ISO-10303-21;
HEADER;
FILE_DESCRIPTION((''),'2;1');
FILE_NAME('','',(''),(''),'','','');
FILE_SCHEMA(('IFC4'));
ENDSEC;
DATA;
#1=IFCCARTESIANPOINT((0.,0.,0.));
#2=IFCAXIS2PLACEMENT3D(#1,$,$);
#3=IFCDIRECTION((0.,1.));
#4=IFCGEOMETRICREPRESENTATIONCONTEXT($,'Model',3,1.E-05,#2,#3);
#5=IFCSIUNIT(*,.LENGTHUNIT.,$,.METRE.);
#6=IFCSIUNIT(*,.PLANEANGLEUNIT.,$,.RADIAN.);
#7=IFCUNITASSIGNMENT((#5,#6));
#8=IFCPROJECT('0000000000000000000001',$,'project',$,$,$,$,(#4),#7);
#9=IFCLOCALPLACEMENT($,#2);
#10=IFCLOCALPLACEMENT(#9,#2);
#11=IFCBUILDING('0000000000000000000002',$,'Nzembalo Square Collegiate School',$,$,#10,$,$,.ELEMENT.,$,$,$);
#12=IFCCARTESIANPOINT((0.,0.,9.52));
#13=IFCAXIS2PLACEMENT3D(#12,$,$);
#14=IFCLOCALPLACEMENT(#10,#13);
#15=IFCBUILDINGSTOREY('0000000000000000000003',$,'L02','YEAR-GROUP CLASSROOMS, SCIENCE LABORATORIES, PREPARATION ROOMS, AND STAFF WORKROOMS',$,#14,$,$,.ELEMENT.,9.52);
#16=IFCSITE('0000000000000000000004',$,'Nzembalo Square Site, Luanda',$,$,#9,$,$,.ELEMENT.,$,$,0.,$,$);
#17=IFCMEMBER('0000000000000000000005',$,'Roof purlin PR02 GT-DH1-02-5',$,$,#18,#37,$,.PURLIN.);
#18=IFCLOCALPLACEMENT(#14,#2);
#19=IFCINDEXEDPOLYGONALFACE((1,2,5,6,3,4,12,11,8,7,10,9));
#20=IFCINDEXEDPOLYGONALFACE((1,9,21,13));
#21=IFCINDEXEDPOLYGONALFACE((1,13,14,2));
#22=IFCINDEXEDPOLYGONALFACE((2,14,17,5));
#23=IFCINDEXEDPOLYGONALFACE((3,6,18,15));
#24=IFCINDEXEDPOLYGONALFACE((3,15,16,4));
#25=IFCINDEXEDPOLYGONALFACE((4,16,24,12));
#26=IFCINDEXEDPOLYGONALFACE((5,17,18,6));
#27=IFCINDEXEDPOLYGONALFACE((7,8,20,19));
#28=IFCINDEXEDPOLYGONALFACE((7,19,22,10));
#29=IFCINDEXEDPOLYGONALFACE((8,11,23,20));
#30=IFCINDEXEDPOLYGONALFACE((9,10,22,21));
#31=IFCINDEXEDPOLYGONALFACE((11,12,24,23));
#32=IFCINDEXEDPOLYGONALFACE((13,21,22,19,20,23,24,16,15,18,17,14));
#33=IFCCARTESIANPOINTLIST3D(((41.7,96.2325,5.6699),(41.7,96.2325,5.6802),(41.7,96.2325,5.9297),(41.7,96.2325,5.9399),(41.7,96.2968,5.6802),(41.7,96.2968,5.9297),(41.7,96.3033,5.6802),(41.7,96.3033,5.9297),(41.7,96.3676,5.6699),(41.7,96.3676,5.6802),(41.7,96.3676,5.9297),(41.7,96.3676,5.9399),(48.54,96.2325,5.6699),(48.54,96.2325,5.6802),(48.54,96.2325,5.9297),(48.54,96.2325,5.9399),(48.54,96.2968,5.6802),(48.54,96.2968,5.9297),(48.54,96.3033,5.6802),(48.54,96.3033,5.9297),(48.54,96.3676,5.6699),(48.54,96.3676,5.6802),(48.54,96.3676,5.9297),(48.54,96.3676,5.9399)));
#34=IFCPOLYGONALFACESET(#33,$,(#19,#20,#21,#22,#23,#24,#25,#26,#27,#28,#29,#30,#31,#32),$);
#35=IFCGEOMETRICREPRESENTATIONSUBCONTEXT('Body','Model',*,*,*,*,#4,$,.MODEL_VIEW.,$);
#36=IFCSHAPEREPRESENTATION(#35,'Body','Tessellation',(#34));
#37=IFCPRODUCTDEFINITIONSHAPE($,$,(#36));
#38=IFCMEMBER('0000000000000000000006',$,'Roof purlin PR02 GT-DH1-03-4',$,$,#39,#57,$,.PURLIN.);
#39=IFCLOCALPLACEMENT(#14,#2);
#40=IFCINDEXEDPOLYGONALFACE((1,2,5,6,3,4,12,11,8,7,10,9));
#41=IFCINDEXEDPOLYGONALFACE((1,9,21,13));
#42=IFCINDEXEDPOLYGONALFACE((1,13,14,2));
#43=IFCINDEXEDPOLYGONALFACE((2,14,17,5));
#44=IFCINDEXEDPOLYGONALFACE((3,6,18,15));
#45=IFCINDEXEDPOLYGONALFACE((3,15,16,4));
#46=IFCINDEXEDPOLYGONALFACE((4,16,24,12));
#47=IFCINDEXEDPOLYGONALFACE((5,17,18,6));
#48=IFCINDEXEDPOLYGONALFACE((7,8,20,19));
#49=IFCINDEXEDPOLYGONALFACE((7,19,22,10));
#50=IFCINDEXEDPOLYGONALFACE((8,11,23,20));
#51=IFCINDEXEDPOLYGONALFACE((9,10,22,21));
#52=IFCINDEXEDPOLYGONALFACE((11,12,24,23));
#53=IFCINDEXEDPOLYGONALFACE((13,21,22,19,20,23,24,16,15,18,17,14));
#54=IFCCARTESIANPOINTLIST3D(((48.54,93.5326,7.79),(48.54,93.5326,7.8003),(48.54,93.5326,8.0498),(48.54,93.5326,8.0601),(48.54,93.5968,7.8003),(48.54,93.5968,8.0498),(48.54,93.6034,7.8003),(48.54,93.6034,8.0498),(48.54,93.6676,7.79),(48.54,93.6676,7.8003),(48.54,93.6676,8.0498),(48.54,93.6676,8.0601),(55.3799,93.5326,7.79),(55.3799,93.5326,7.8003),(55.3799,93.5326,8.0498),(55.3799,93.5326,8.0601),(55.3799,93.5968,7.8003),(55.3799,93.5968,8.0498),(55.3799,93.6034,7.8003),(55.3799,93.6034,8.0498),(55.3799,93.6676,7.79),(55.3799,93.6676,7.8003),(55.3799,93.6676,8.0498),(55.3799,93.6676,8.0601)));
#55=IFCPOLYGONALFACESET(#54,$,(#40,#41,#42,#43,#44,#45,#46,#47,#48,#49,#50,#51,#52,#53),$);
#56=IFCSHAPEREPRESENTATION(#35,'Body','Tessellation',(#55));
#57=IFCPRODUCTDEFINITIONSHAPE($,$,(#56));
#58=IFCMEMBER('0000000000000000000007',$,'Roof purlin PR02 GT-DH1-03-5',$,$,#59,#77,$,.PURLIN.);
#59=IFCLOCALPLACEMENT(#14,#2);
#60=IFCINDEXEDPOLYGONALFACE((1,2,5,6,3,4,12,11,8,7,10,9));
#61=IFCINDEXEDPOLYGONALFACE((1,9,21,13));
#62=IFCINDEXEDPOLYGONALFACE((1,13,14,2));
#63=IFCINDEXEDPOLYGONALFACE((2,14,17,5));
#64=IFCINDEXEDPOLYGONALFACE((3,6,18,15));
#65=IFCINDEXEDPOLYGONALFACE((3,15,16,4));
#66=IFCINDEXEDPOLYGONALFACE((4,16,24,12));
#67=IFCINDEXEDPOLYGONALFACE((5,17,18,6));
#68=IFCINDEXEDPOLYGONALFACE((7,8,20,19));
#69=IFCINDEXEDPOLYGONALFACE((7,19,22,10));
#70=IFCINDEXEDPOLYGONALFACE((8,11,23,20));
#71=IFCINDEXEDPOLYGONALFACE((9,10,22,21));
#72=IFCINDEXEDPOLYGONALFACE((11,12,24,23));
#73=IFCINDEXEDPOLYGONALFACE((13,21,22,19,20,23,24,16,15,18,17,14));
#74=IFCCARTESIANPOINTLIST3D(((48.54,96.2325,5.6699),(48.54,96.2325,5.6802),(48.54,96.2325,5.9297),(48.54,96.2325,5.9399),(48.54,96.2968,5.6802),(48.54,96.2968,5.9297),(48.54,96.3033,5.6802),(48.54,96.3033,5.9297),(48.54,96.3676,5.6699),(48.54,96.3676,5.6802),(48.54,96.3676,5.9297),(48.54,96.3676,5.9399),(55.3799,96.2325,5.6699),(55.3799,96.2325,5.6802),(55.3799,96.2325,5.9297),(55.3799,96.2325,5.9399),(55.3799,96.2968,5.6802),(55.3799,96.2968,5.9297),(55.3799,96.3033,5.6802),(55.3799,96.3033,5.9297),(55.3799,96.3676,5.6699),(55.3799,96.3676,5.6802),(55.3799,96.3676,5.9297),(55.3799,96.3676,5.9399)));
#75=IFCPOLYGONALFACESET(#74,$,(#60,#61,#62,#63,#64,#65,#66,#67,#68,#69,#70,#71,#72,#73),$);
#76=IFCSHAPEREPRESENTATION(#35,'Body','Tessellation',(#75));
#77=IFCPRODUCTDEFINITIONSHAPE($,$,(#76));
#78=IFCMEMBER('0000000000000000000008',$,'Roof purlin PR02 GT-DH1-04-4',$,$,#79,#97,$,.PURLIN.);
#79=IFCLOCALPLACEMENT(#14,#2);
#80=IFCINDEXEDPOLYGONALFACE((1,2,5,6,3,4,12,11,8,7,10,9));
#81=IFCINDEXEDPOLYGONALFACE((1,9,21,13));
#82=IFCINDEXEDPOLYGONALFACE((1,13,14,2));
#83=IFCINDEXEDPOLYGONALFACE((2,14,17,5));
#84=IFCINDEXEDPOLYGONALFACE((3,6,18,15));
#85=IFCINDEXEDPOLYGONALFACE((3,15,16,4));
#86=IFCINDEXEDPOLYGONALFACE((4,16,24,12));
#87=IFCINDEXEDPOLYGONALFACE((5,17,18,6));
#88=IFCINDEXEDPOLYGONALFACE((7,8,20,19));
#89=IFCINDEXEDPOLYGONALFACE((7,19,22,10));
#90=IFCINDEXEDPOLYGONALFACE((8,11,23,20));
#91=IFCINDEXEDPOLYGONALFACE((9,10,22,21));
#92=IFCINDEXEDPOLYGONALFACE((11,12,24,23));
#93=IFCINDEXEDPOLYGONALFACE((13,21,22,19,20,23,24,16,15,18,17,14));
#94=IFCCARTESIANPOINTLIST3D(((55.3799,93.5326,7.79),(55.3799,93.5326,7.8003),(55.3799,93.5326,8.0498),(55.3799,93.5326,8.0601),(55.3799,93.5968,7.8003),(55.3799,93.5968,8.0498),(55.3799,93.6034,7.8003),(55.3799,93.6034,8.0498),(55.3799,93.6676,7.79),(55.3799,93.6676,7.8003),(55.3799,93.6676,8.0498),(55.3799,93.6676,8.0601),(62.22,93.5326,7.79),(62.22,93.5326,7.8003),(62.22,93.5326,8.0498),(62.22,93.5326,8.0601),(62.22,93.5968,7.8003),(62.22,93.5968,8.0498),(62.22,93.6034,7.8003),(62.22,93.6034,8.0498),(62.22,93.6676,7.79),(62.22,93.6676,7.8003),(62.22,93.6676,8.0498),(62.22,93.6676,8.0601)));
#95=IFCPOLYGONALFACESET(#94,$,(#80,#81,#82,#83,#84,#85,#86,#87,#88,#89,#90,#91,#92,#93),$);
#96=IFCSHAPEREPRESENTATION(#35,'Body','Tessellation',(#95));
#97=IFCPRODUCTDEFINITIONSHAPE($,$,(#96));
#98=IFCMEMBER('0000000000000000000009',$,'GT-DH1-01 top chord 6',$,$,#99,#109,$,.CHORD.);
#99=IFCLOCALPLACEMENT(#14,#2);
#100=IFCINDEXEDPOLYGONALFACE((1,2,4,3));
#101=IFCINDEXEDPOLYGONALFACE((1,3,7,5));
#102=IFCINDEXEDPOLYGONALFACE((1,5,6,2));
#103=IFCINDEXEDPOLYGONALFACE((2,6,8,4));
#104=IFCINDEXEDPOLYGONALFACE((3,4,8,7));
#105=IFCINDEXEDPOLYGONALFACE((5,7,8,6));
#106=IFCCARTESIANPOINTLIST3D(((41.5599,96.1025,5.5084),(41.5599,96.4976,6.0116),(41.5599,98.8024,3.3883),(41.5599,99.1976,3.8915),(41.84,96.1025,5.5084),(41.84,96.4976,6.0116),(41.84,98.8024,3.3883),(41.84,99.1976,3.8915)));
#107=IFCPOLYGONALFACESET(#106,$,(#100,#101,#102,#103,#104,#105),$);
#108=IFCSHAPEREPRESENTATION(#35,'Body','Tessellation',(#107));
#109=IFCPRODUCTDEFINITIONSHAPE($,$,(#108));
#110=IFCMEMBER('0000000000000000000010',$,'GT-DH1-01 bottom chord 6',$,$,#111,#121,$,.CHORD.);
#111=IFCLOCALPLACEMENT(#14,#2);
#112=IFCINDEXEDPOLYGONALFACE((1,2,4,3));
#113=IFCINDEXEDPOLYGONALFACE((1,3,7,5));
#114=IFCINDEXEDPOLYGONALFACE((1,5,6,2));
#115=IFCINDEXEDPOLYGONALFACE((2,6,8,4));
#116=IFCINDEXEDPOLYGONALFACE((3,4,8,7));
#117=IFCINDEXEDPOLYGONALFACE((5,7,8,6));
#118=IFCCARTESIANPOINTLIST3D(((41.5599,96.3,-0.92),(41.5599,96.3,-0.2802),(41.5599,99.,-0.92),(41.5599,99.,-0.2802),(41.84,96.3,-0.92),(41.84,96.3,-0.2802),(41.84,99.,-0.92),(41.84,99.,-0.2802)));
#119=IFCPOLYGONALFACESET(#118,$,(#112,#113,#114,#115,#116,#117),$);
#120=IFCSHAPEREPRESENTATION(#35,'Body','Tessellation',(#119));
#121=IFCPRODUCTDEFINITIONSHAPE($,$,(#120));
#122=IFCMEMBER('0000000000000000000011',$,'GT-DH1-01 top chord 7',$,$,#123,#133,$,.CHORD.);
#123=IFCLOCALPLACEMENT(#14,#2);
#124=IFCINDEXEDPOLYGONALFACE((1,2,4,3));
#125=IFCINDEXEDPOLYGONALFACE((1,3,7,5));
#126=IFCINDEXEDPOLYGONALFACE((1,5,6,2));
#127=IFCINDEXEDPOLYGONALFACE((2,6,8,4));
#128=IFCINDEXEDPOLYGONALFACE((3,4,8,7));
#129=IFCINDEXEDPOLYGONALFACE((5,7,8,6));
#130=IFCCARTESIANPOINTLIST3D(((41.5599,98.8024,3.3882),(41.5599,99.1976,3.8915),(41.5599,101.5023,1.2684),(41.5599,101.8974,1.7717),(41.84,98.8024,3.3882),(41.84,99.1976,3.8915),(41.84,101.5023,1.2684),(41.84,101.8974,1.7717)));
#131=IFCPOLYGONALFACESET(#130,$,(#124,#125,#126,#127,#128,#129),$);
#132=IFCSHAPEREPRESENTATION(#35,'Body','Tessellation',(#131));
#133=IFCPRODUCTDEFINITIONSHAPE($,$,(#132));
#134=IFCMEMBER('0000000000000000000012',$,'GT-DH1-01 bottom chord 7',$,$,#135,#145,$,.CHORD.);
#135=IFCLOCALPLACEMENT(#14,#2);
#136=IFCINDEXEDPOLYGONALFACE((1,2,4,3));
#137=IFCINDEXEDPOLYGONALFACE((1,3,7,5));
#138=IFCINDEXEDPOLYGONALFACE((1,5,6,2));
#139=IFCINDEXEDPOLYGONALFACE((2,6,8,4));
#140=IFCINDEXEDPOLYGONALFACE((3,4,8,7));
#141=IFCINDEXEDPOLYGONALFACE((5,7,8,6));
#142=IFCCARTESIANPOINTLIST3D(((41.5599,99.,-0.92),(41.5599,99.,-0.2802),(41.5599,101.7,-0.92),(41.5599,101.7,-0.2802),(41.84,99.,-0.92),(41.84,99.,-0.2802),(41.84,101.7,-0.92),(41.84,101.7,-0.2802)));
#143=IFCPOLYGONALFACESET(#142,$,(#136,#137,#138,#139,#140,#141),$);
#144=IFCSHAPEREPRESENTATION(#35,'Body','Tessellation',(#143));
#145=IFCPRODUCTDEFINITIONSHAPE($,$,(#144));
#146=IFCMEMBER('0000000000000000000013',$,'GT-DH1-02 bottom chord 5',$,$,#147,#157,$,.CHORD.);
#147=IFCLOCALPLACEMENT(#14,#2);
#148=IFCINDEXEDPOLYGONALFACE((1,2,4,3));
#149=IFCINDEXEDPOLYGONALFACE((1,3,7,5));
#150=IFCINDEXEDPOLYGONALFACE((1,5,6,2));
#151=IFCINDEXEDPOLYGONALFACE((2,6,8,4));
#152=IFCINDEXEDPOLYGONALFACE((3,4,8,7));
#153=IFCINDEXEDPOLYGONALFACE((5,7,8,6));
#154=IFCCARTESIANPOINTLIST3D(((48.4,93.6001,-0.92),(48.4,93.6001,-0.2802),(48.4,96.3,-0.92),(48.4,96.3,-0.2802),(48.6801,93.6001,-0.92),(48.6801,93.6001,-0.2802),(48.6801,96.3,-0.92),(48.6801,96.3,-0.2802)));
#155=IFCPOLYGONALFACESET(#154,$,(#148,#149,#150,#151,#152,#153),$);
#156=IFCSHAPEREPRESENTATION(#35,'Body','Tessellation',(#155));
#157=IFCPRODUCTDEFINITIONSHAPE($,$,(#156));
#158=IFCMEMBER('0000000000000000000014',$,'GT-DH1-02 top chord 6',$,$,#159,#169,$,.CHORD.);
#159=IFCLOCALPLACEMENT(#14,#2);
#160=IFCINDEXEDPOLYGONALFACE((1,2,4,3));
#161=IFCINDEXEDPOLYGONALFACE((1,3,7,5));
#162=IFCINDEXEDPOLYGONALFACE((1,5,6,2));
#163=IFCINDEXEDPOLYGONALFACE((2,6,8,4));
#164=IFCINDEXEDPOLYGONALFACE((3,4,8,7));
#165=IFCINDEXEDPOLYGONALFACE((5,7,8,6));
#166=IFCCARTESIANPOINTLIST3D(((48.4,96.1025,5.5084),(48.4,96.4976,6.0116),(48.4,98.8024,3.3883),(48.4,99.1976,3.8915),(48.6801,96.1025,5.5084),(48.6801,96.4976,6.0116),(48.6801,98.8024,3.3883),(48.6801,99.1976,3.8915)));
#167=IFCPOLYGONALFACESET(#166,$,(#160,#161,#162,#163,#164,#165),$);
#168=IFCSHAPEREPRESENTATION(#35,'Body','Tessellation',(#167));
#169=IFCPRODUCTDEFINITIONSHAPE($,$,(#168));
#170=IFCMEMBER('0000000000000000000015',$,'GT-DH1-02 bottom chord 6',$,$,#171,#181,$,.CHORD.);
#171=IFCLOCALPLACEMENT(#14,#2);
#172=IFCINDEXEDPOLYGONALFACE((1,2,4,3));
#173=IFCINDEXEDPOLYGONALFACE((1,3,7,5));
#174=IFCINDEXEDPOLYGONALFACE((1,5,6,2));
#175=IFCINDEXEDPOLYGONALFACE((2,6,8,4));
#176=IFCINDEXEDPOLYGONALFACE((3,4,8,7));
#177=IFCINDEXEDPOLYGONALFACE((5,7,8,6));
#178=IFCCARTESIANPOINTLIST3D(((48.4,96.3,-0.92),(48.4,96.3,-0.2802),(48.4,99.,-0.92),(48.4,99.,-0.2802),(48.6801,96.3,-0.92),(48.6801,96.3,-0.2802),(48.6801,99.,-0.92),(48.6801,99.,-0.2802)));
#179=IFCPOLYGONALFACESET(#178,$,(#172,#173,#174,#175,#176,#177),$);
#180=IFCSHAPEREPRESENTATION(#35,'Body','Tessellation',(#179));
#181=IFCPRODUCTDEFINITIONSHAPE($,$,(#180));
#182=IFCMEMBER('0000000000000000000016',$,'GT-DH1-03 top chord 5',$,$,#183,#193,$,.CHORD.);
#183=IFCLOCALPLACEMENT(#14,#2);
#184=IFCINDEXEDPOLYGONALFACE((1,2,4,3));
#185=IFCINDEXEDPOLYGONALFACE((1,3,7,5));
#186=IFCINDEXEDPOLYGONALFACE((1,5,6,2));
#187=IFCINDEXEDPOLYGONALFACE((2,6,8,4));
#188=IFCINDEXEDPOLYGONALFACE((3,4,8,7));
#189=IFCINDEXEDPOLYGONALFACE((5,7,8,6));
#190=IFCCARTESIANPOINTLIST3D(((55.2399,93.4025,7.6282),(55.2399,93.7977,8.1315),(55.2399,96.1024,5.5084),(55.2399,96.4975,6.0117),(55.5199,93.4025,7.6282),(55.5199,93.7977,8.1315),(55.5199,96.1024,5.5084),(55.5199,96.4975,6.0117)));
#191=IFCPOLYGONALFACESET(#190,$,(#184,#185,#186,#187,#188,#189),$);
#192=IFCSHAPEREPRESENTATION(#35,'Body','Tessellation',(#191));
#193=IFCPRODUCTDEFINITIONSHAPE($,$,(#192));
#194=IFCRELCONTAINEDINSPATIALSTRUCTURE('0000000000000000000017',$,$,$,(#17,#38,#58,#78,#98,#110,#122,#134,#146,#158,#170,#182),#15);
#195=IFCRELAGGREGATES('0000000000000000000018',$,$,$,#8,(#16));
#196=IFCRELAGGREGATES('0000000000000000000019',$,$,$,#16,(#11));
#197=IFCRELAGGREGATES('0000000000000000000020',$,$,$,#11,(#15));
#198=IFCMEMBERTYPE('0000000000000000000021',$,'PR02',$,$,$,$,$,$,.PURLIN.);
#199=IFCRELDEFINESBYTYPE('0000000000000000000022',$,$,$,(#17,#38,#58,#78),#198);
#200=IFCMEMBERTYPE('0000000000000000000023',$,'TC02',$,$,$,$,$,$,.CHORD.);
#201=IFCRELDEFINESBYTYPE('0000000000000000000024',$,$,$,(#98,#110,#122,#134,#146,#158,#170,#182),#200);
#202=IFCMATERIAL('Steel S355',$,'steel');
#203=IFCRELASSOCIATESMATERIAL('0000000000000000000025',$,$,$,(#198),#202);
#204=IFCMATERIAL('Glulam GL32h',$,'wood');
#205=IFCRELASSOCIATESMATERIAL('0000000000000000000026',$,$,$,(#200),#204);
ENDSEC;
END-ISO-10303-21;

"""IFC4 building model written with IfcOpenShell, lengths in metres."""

from ifc_helpers import new_model, si_unit, direction, frame, origin, origin_2d, place, context, subcontext, project, spatial, rectangle, i_section, extrude, material, material_profile, profile_set, type_object, element, save


model = new_model("IFC4")

# Units and contexts
model_context = context("Model", 3, precision=1e-05, world=origin(), true_north=direction((0.0, 1.0)))
body_context = subcontext(model_context, "Body", "Model", "MODEL_VIEW")
ifc_project = project(units=[si_unit("LENGTHUNIT", "METRE"), si_unit("PLANEANGLEUNIT", "RADIAN")], contexts=[model_context])

# Site, building, storey
site_placement = place(None, origin())
site = spatial("IfcSite", under=ifc_project, at=site_placement, Name="Nzembalo Square Site, Luanda", CompositionType="ELEMENT", RefElevation=0.0)
building_placement = place(site_placement, origin())
building = spatial("IfcBuilding", under=site, at=building_placement, Name="Nzembalo Square Collegiate School", CompositionType="ELEMENT")
storey_placement = place(building_placement, frame((0.0, 0.0, 9.52)))
storey = spatial("IfcBuildingStorey", under=building, at=storey_placement, Name="L02", Description="YEAR-GROUP CLASSROOMS, SCIENCE LABORATORIES, PREPARATION ROOMS, AND STAFF WORKROOMS", CompositionType="ELEMENT", Elevation=9.52)

# Members
ifc_material_1 = material(Name="Steel S355", Category="steel")
ifc_material_profile_1 = material_profile(ifc_material_1, i_section(OverallWidth=0.135, OverallDepth=0.27, WebThickness=0.0066, FlangeThickness=0.0103, at=origin_2d()), Name="IPE 270")
ifc_profile_set_1 = profile_set([ifc_material_profile_1], Name="Steel S355")
member_type_1 = type_object("IfcMemberType", Name="PR02", PredefinedType="PURLIN", material=ifc_profile_set_1)
member_1_placement = place(storey_placement, frame((41.7, 96.3, 5.8049), z_axis=(1.0, 0.0, 0.0), x_axis=(0.0, 1.0, 0.0)))
element("IfcMember", 1, at=member_1_placement, inside=storey, type_object=member_type_1, Name="Roof purlin PR02 GT-DH1-02-5", PredefinedType="PURLIN", context=body_context, shape_type="SweptSolid", body=[
    extrude(i_section(OverallWidth=0.135, OverallDepth=0.27, WebThickness=0.0066, FlangeThickness=0.0103, at=origin_2d()), origin(), (0.0, 0.0, 1.0), 6.8401),
])
for number, where, z_axis, x_axis, name in (
    (2, (48.54, 93.6001, 7.925), (1.0, 0.0, 0.0), (0.0, 1.0, 0.0), "Roof purlin PR02 GT-DH1-03-4"),
    (3, (48.54, 96.3, 5.8049), (1.0, 0.0, 0.0), (0.0, 1.0, 0.0), "Roof purlin PR02 GT-DH1-03-5"),
):
    element("IfcMember", number, at=place(storey_placement, frame(where, z_axis=z_axis, x_axis=x_axis)), inside=storey, type_object=member_type_1, Name=name, PredefinedType="PURLIN", context=body_context, shape_type="SweptSolid", body=[
        extrude(i_section(OverallWidth=0.135, OverallDepth=0.27, WebThickness=0.0066, FlangeThickness=0.0103, at=origin_2d()), origin(), (0.0, 0.0, 1.0), 6.8398),
    ])
member_2_placement = place(storey_placement, frame((55.3799, 93.6001, 7.925), z_axis=(1.0, 0.0, 0.0), x_axis=(0.0, 1.0, 0.0)))
element("IfcMember", 4, at=member_2_placement, inside=storey, type_object=member_type_1, Name="Roof purlin PR02 GT-DH1-04-4", PredefinedType="PURLIN", context=body_context, shape_type="SweptSolid", body=[
    extrude(i_section(OverallWidth=0.135, OverallDepth=0.27, WebThickness=0.0066, FlangeThickness=0.0103, at=origin_2d()), origin(), (0.0, 0.0, 1.0), 6.8401),
])
ifc_material_2 = material(Name="Glulam GL32h", Category="wood")
ifc_material_profile_2 = material_profile(ifc_material_2, rectangle(XDim=0.28, YDim=0.6399, at=origin_2d()), Name="GL32h 280x640")
ifc_profile_set_2 = profile_set([ifc_material_profile_2], Name="Glulam GL32h")
member_type_2 = type_object("IfcMemberType", Name="TC02", PredefinedType="CHORD", material=ifc_profile_set_2)
member_3_placement = place(storey_placement, frame((41.7, 96.3, 5.76), z_axis=(0.0, 0.786498, -0.617592), x_axis=(-1.0, 0.0, 0.0)))
element("IfcMember", 5, at=member_3_placement, inside=storey, type_object=member_type_2, Name="GT-DH1-01 top chord 6", PredefinedType="CHORD", context=body_context, shape_type="SweptSolid", body=[
    extrude(rectangle(XDim=0.28, YDim=0.6399, at=origin_2d()), origin(), (0.0, 0.0, 1.0), 3.4329),
])
member_4_placement = place(storey_placement, frame((41.7, 96.3, -0.6001), z_axis=(0.0, 1.0, 0.0), x_axis=(-1.0, 0.0, 0.0)))
element("IfcMember", 6, at=member_4_placement, inside=storey, type_object=member_type_2, Name="GT-DH1-01 bottom chord 6", PredefinedType="CHORD", context=body_context, shape_type="SweptSolid", body=[
    extrude(rectangle(XDim=0.28, YDim=0.6399, at=origin_2d()), origin(), (0.0, 0.0, 1.0), 2.7),
])
member_5_placement = place(storey_placement, frame((41.7, 99.0, 3.6399), z_axis=(0.0, 0.786533, -0.617548), x_axis=(-1.0, 0.0, 0.0)))
element("IfcMember", 7, at=member_5_placement, inside=storey, type_object=member_type_2, Name="GT-DH1-01 top chord 7", PredefinedType="CHORD", context=body_context, shape_type="SweptSolid", body=[
    extrude(rectangle(XDim=0.28, YDim=0.6399, at=origin_2d()), origin(), (0.0, 0.0, 1.0), 3.4326),
])
for number, where, z_axis, x_axis, name in (
    (8, (41.7, 99.0, -0.6001), (0.0, 1.0, 0.0), (-1.0, 0.0, 0.0), "GT-DH1-01 bottom chord 7"),
    (9, (48.54, 93.6001, -0.6001), (0.0, 1.0, 0.0), (-1.0, 0.0, 0.0), "GT-DH1-02 bottom chord 5"),
):
    element("IfcMember", number, at=place(storey_placement, frame(where, z_axis=z_axis, x_axis=x_axis)), inside=storey, type_object=member_type_2, Name=name, PredefinedType="CHORD", context=body_context, shape_type="SweptSolid", body=[
        extrude(rectangle(XDim=0.28, YDim=0.6399, at=origin_2d()), origin(), (0.0, 0.0, 1.0), 2.7),
    ])
member_6_placement = place(storey_placement, frame((48.54, 96.3, 5.76), z_axis=(0.0, 0.786498, -0.617592), x_axis=(-1.0, 0.0, 0.0)))
element("IfcMember", 10, at=member_6_placement, inside=storey, type_object=member_type_2, Name="GT-DH1-02 top chord 6", PredefinedType="CHORD", context=body_context, shape_type="SweptSolid", body=[
    extrude(rectangle(XDim=0.28, YDim=0.6399, at=origin_2d()), origin(), (0.0, 0.0, 1.0), 3.4329),
])
member_7_placement = place(storey_placement, frame((48.54, 96.3, -0.6001), z_axis=(0.0, 1.0, 0.0), x_axis=(-1.0, 0.0, 0.0)))
element("IfcMember", 11, at=member_7_placement, inside=storey, type_object=member_type_2, Name="GT-DH1-02 bottom chord 6", PredefinedType="CHORD", context=body_context, shape_type="SweptSolid", body=[
    extrude(rectangle(XDim=0.28, YDim=0.6399, at=origin_2d()), origin(), (0.0, 0.0, 1.0), 2.7),
])
member_8_placement = place(storey_placement, frame((55.3799, 93.6001, 7.8799), z_axis=(0.0, 0.786533, -0.617548), x_axis=(-1.0, 0.0, 0.0)))
element("IfcMember", 12, at=member_8_placement, inside=storey, type_object=member_type_2, Name="GT-DH1-03 top chord 5", PredefinedType="CHORD", context=body_context, shape_type="SweptSolid", body=[
    extrude(rectangle(XDim=0.28, YDim=0.6399, at=origin_2d()), origin(), (0.0, 0.0, 1.0), 3.4326),
])

save(model, "model.ifc")
